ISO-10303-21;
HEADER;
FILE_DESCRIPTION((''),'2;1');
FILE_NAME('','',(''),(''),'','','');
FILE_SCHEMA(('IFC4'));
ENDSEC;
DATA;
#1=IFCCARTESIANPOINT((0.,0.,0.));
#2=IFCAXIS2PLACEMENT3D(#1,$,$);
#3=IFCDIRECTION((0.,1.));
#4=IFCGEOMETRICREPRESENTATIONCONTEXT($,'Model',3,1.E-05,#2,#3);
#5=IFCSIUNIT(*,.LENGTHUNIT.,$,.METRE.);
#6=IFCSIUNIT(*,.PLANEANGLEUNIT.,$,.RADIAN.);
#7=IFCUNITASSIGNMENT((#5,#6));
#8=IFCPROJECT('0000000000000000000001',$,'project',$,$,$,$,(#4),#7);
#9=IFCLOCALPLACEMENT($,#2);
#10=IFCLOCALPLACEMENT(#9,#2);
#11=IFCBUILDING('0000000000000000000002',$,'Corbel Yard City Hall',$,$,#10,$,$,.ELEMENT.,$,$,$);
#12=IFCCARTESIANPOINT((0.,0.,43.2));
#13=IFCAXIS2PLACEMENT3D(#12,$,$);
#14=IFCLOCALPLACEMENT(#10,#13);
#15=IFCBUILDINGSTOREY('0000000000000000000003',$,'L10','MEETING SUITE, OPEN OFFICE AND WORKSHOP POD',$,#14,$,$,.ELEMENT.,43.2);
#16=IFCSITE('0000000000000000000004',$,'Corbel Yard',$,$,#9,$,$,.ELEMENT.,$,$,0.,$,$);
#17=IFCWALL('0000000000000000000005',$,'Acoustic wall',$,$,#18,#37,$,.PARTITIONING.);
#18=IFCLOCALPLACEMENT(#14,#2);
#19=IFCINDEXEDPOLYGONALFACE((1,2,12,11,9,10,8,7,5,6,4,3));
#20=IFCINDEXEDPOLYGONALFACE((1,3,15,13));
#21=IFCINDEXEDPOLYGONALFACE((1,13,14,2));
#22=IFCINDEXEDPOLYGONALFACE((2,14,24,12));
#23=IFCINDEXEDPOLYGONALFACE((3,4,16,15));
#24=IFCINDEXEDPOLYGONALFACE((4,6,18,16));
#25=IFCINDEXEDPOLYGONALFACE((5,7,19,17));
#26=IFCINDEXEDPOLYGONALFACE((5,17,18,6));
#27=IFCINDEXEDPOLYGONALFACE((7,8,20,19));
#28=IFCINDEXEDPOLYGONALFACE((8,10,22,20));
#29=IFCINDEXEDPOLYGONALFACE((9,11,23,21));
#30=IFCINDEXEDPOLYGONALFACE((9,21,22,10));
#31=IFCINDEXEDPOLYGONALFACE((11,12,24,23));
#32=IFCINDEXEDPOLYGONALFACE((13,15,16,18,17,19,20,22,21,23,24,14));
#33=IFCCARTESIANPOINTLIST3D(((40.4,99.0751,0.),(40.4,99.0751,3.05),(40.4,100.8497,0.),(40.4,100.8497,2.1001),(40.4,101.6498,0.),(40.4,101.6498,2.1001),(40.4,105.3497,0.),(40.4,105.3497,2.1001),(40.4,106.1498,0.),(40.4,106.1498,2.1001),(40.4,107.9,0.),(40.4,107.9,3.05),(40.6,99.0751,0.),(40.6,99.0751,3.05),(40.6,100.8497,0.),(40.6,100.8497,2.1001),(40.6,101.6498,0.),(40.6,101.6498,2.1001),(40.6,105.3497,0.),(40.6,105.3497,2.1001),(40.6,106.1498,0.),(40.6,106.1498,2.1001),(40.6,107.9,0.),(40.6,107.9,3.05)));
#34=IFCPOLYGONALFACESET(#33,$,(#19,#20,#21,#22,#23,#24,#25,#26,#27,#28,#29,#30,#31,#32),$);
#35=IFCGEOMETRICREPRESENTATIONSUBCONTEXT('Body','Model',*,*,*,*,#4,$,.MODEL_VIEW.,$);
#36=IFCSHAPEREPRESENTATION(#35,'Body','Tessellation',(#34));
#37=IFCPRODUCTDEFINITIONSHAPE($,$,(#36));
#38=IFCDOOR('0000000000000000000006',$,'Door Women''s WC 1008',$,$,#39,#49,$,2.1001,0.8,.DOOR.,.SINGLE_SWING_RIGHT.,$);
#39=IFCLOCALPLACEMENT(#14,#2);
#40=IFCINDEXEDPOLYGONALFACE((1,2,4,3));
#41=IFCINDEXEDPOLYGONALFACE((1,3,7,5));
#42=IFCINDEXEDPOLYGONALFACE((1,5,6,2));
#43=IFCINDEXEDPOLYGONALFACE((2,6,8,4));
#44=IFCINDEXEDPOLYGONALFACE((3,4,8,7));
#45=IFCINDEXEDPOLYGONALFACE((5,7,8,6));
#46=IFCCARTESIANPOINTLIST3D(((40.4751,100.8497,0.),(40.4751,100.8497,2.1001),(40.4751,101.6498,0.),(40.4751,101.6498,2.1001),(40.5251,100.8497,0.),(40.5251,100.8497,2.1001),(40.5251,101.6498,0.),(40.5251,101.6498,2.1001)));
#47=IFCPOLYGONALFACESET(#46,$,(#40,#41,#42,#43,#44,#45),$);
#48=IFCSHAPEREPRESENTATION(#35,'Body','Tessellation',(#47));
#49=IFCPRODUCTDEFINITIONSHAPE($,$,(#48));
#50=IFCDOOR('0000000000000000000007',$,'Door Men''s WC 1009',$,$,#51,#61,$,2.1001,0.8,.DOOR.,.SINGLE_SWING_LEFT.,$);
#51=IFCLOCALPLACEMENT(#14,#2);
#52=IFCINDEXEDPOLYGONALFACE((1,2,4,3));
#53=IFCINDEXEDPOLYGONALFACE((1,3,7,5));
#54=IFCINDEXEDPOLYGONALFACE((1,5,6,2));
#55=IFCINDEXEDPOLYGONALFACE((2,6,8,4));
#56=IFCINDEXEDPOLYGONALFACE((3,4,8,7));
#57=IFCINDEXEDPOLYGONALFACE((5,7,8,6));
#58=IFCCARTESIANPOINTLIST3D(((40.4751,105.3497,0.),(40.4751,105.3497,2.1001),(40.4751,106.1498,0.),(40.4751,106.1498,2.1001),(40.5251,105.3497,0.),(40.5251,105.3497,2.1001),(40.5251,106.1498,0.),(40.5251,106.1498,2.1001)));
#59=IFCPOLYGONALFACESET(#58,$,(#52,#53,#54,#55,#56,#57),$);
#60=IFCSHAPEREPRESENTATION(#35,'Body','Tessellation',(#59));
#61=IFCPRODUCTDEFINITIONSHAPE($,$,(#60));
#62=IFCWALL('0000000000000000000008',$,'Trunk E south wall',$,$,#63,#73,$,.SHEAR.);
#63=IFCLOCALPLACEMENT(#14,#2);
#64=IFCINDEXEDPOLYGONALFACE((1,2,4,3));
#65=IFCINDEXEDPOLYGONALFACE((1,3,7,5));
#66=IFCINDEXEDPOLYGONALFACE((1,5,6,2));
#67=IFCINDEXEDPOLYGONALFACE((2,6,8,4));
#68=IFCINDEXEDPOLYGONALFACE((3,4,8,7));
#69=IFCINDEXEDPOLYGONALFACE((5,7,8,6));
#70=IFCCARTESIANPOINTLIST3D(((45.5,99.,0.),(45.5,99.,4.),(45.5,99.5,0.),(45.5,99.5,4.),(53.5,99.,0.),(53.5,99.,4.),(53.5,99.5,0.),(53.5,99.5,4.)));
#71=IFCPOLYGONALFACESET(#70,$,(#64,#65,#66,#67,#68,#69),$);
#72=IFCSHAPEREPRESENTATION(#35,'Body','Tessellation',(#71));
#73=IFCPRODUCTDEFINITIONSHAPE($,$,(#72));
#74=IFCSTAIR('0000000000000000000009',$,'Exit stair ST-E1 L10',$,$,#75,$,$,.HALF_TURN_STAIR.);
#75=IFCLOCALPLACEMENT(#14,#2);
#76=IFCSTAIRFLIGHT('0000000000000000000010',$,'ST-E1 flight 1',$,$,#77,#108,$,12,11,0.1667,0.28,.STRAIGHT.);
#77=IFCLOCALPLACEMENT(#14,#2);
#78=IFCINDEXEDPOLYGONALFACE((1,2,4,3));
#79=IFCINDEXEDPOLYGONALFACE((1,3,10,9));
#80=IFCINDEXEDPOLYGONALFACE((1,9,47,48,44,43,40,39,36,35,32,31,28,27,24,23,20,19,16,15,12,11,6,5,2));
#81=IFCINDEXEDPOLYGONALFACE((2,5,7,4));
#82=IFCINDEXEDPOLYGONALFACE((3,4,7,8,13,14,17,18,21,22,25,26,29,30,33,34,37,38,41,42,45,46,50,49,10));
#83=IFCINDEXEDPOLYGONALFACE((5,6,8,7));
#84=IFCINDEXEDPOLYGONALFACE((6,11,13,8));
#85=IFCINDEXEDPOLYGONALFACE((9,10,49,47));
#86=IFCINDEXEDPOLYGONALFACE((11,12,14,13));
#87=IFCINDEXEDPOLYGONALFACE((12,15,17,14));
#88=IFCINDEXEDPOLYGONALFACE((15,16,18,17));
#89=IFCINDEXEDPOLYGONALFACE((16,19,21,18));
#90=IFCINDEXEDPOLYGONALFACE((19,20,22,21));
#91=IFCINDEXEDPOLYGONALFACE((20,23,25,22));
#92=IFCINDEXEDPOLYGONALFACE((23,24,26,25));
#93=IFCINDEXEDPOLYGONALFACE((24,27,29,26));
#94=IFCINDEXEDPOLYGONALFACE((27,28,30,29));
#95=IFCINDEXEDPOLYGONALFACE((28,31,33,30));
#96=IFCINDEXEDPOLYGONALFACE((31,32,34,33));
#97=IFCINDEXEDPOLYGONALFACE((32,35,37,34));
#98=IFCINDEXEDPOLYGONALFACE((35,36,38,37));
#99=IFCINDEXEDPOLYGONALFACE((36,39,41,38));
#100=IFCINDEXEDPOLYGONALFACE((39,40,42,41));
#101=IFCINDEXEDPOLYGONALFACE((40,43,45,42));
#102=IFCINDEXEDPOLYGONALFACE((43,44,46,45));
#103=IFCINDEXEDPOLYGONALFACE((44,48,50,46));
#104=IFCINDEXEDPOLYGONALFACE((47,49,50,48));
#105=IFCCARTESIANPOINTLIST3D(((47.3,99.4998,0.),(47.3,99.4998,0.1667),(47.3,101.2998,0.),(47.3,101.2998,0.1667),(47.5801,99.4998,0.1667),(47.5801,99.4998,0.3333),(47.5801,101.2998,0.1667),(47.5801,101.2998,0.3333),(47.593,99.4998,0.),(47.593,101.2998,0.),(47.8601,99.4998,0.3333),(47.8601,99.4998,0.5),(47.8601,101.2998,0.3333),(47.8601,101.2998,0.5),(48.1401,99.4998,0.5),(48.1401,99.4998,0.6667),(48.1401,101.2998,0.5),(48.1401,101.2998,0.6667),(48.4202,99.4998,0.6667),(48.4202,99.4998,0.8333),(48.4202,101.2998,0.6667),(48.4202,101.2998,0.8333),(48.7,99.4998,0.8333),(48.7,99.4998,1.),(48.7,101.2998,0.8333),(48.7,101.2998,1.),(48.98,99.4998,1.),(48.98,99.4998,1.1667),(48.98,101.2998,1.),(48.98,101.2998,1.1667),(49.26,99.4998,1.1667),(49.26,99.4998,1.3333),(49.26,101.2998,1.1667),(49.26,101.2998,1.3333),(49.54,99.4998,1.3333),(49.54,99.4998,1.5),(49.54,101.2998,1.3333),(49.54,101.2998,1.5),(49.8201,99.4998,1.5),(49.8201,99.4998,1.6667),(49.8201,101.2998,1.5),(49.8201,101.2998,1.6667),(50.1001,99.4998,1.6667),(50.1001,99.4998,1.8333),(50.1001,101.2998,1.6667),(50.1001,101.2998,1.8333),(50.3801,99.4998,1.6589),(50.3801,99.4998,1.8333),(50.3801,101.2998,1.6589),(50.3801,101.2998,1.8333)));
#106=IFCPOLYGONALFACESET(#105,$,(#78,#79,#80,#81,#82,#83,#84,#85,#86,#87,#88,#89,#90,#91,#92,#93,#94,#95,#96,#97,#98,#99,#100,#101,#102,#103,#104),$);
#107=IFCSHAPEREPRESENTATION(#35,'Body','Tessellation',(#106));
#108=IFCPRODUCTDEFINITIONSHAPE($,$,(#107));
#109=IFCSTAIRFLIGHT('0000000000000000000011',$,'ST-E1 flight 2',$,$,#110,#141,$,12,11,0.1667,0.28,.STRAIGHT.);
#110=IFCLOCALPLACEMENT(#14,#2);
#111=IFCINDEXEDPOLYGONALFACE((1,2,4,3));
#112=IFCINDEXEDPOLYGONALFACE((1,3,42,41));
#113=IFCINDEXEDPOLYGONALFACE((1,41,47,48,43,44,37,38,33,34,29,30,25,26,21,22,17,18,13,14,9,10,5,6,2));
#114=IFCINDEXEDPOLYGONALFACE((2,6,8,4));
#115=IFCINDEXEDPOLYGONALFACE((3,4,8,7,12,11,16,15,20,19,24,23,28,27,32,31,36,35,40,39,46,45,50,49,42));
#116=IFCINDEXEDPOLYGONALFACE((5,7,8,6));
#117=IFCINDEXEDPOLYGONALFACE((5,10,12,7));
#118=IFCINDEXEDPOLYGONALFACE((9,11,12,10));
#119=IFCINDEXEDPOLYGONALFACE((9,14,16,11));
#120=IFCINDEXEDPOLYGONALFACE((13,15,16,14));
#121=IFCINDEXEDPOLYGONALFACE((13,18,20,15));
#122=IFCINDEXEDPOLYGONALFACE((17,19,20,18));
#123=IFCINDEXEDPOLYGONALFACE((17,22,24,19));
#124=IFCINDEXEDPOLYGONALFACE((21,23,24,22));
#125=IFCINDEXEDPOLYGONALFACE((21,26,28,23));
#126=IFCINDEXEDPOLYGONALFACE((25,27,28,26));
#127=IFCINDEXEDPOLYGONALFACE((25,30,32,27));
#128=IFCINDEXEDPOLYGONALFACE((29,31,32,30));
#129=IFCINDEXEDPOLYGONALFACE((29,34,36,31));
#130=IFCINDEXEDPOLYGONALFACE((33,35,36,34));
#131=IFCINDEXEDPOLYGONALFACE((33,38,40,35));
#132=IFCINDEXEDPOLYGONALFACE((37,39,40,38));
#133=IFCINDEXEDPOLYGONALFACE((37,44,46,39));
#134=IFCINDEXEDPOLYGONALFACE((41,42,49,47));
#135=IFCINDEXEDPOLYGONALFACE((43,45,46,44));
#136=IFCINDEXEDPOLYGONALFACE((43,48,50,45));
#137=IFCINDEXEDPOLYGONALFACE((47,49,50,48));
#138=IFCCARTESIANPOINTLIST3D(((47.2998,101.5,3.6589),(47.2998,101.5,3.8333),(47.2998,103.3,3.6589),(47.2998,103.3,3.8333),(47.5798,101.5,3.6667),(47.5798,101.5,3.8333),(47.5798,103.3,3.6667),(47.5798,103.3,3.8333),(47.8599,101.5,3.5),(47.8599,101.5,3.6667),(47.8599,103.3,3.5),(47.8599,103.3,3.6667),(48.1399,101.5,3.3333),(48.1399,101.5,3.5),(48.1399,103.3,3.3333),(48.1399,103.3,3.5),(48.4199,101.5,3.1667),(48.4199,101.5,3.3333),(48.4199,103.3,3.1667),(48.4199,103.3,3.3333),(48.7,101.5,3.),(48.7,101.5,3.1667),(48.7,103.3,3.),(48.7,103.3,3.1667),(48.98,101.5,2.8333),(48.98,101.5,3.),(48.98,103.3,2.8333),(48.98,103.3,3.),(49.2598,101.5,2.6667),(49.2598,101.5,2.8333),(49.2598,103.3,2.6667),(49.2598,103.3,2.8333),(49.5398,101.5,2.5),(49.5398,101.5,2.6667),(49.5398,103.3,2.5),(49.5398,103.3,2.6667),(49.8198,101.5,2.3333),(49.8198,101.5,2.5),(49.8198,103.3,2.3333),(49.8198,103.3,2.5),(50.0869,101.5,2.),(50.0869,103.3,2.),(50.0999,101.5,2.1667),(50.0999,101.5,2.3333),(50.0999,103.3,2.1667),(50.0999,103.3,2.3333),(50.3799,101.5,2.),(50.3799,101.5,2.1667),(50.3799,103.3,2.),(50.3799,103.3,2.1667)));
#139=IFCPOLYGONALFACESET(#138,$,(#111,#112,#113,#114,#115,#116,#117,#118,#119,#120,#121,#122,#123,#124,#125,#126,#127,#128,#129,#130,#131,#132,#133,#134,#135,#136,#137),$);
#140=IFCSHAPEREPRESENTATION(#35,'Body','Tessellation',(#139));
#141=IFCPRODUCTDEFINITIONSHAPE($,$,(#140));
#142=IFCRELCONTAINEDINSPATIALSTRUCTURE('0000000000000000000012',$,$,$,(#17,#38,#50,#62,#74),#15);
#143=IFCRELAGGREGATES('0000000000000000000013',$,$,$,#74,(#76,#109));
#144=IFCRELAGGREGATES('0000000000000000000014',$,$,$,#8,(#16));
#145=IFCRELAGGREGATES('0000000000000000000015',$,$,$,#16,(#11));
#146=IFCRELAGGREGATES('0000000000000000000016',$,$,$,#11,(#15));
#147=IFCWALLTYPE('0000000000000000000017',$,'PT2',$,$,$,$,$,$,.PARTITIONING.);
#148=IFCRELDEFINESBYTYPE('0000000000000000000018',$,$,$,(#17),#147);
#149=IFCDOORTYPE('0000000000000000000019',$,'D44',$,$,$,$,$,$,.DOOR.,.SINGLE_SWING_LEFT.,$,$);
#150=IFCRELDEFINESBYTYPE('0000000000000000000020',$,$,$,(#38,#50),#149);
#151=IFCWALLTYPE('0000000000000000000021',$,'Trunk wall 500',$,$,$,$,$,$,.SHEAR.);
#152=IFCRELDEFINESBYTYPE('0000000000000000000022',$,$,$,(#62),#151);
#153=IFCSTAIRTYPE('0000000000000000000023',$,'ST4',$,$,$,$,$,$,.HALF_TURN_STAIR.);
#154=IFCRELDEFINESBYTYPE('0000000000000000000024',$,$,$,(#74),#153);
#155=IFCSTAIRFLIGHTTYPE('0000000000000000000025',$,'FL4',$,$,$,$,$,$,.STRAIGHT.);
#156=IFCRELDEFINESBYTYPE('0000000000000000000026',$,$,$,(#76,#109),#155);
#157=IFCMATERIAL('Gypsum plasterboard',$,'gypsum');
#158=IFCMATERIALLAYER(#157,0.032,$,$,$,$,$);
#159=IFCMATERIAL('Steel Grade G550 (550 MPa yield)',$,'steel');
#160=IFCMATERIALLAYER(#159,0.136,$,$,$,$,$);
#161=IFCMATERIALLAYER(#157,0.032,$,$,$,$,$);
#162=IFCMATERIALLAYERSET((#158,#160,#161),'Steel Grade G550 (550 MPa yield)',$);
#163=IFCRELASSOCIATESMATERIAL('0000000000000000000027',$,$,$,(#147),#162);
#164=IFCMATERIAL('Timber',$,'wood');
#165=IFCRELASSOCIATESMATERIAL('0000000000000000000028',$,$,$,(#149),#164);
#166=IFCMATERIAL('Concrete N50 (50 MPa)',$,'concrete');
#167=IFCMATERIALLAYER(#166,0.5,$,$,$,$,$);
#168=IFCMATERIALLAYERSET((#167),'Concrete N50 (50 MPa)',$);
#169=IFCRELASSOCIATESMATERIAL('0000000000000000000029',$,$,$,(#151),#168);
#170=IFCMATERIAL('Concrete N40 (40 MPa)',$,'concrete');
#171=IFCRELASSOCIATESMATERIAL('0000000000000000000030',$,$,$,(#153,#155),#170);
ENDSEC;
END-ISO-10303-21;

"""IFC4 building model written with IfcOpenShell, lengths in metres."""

from ifc_helpers import new_model, si_unit, direction, frame, frame_2d, origin, place, context, subcontext, project, spatial, polyline, rectangle, outline, extrude, material, layer, layer_set, type_object, element, fill, aggregate, save


model = new_model("IFC4")

# Units and contexts
model_context = context("Model", 3, precision=1e-05, world=origin(), true_north=direction((0.0, 1.0)))
body_context = subcontext(model_context, "Body", "Model", "MODEL_VIEW")
ifc_project = project(units=[si_unit("LENGTHUNIT", "METRE"), si_unit("PLANEANGLEUNIT", "RADIAN")], contexts=[model_context])

# Site, building, storey
site_placement = place(None, origin())
site = spatial("IfcSite", under=ifc_project, at=site_placement, Name="Corbel Yard", CompositionType="ELEMENT", RefElevation=0.0)
building_placement = place(site_placement, origin())
building = spatial("IfcBuilding", under=site, at=building_placement, Name="Corbel Yard City Hall", CompositionType="ELEMENT")
storey_placement = place(building_placement, frame((0.0, 0.0, 43.2)))
storey = spatial("IfcBuildingStorey", under=building, at=storey_placement, Name="L10", Description="MEETING SUITE, OPEN OFFICE AND WORKSHOP POD", CompositionType="ELEMENT", Elevation=43.2)

# Wall, openings, doors
ifc_material_1 = material(Name="Gypsum plasterboard", Category="gypsum")
ifc_layer_1 = layer(ifc_material_1, 0.032)
ifc_material_2 = material(Name="Steel Grade G550 (550 MPa yield)", Category="steel")
ifc_layer_2 = layer(ifc_material_2, 0.136)
ifc_layer_3 = layer(ifc_material_1, 0.032)
ifc_layer_set_1 = layer_set([ifc_layer_1, ifc_layer_2, ifc_layer_3], Name="Steel Grade G550 (550 MPa yield)")
wall_type_1 = type_object("IfcWallType", Name="PT2", PredefinedType="PARTITIONING", material=ifc_layer_set_1)
wall_1_placement = place(storey_placement, frame((40.5, 99.075, 0.0), z_axis=(0.0, 0.0, 1.0), x_axis=(0.0, 1.0, 0.0)))
wall_1 = element("IfcWall", 1, at=wall_1_placement, inside=storey, type_object=wall_type_1, Name="Acoustic wall", PredefinedType="PARTITIONING", context=body_context, shape_type="SweptSolid", body=[
    extrude(rectangle(XDim=8.825, YDim=0.2, at=frame_2d((4.4126, 0.0))), origin(), (0.0, 0.0, 1.0), 3.05),
])
opening_1_placement = place(wall_1_placement, frame((1.7749, 0.0, 0.0)))
opening_1 = element("IfcOpeningElement", 2, at=opening_1_placement, cuts=wall_1, PredefinedType="OPENING", context=body_context, shape_type="SweptSolid", body=[
    extrude(rectangle(XDim=0.8, YDim=2.1001, at=frame_2d((0.3999, 1.05))), frame((0.0, 0.1099, 0.0), z_axis=(0.0, -1.0, 0.0), x_axis=(1.0, 0.0, 0.0)), (0.0, 0.0, 1.0), 0.22),
])
opening_2_placement = place(wall_1_placement, frame((6.2749, 0.0, 0.0)))
opening_2 = element("IfcOpeningElement", 3, at=opening_2_placement, cuts=wall_1, PredefinedType="OPENING", context=body_context, shape_type="SweptSolid", body=[
    extrude(rectangle(XDim=0.8, YDim=2.1001, at=frame_2d((0.3999, 1.05))), frame((0.0, 0.1099, 0.0), z_axis=(0.0, -1.0, 0.0), x_axis=(1.0, 0.0, 0.0)), (0.0, 0.0, 1.0), 0.22),
])
ifc_material_3 = material(Name="Timber", Category="wood")
door_type = type_object("IfcDoorType", Name="D44", OperationType="SINGLE_SWING_LEFT", PredefinedType="DOOR", material=ifc_material_3)
door_1_placement = place(opening_1_placement, origin())
door_1 = element("IfcDoor", 4, at=door_1_placement, inside=storey, type_object=door_type, Name="Door Women's WC 1008", OperationType="SINGLE_SWING_RIGHT", OverallHeight=2.1001, OverallWidth=0.8, PredefinedType="DOOR", context=body_context, shape_type="SweptSolid", body=[
    extrude(rectangle(XDim=0.8, YDim=2.1001, at=frame_2d((0.3999, 1.05))), frame((0.0, 0.0249, 0.0), z_axis=(0.0, -1.0, 0.0), x_axis=(1.0, 0.0, 0.0)), (0.0, 0.0, 1.0), 0.05),
])
fill(opening_1, door_1)
door_2_placement = place(opening_2_placement, origin())
door_2 = element("IfcDoor", 5, at=door_2_placement, inside=storey, type_object=door_type, Name="Door Men's WC 1009", OperationType="SINGLE_SWING_LEFT", OverallHeight=2.1001, OverallWidth=0.8, PredefinedType="DOOR", context=body_context, shape_type="SweptSolid", body=[
    extrude(rectangle(XDim=0.8, YDim=2.1001, at=frame_2d((0.3999, 1.05))), frame((0.0, 0.0249, 0.0), z_axis=(0.0, -1.0, 0.0), x_axis=(1.0, 0.0, 0.0)), (0.0, 0.0, 1.0), 0.05),
])
fill(opening_2, door_2)

# Wall
ifc_material_4 = material(Name="Concrete N50 (50 MPa)", Category="concrete")
ifc_layer_4 = layer(ifc_material_4, 0.5)
ifc_layer_set_2 = layer_set([ifc_layer_4], Name="Concrete N50 (50 MPa)")
wall_type_2 = type_object("IfcWallType", Name="Trunk wall 500", PredefinedType="SHEAR", material=ifc_layer_set_2)
wall_2_placement = place(storey_placement, frame((45.5, 99.25, 0.0), z_axis=(0.0, 0.0, 1.0), x_axis=(1.0, 0.0, 0.0)))
element("IfcWall", 6, at=wall_2_placement, inside=storey, type_object=wall_type_2, Name="Trunk E south wall", PredefinedType="SHEAR", context=body_context, shape_type="SweptSolid", body=[
    extrude(rectangle(XDim=8.0, YDim=0.5, at=frame_2d((4.0, 0.0))), origin(), (0.0, 0.0, 1.0), 4.0),
])

# Stair, stair flights
ifc_material_5 = material(Name="Concrete N40 (40 MPa)", Category="concrete")
stair_type = type_object("IfcStairType", Name="ST4", PredefinedType="HALF_TURN_STAIR", material=ifc_material_5)
stair_placement = place(storey_placement, origin())
stair = element("IfcStair", 7, at=stair_placement, inside=storey, type_object=stair_type, Name="Exit stair ST-E1 L10", PredefinedType="HALF_TURN_STAIR")
stair_flight_type = type_object("IfcStairFlightType", Name="FL4", PredefinedType="STRAIGHT", material=ifc_material_5)
stair_flight_1_placement = place(storey_placement, frame((47.3, 100.3999, 0.0), z_axis=(0.0, 0.0, 1.0), x_axis=(1.0, 0.0, 0.0)))
stair_flight_1 = element("IfcStairFlight", 8, at=stair_flight_1_placement, type_object=stair_flight_type, Name="ST-E1 flight 1", NumberOfRisers=12, NumberOfTreads=11, PredefinedType="STRAIGHT", RiserHeight=0.1667, TreadLength=0.28, context=body_context, shape_type="SweptSolid", body=[
    extrude(outline(polyline([(0.0, 0.0), (0.0, 0.1667), (0.28, 0.1667), (0.28, 0.3333), (0.5601, 0.3333), (0.5601, 0.5), (0.8401, 0.5), (0.8401, 0.6667), (1.1201, 0.6667), (1.1201, 0.8333), (1.3999, 0.8333), (1.3999, 1.0), (1.6799, 1.0), (1.6799, 1.1667), (1.96, 1.1667), (1.96, 1.3333), (2.24, 1.3333), (2.24, 1.5), (2.52, 1.5), (2.52, 1.6667), (2.8, 1.6667), (2.8, 1.8333), (3.0801, 1.8333), (3.0801, 2.0), (3.0801, 1.6589), (0.293, 0.0), (0.0, 0.0)])), frame((0.0, 0.8999, 0.0), z_axis=(0.0, -1.0, 0.0), x_axis=(1.0, 0.0, 0.0)), (0.0, 0.0, 1.0), 1.8),
])
stair_flight_2_placement = place(storey_placement, frame((50.3799, 102.3999, 2.0), z_axis=(0.0, 0.0, 1.0), x_axis=(-1.0, 0.0, 0.0)))
stair_flight_2 = element("IfcStairFlight", 9, at=stair_flight_2_placement, type_object=stair_flight_type, Name="ST-E1 flight 2", NumberOfRisers=12, NumberOfTreads=11, PredefinedType="STRAIGHT", RiserHeight=0.1667, TreadLength=0.28, context=body_context, shape_type="SweptSolid", body=[
    extrude(outline(polyline([(0.0, 0.0), (0.0, 0.1667), (0.28, 0.1667), (0.28, 0.3333), (0.5601, 0.3333), (0.5601, 0.5), (0.8401, 0.5), (0.8401, 0.6667), (1.1201, 0.6667), (1.1201, 0.8333), (1.3999, 0.8333), (1.3999, 1.0), (1.6799, 1.0), (1.6799, 1.1667), (1.96, 1.1667), (1.96, 1.3333), (2.24, 1.3333), (2.24, 1.5), (2.52, 1.5), (2.52, 1.6667), (2.8, 1.6667), (2.8, 1.8333), (3.0801, 1.8333), (3.0801, 2.0), (3.0801, 1.6589), (0.293, 0.0), (0.0, 0.0)])), frame((0.0, 0.8999, 0.0), z_axis=(0.0, -1.0, 0.0), x_axis=(1.0, 0.0, 0.0)), (0.0, 0.0, 1.0), 1.8),
])
aggregate(stair, [stair_flight_1, stair_flight_2])

save(model, "model.ifc")
